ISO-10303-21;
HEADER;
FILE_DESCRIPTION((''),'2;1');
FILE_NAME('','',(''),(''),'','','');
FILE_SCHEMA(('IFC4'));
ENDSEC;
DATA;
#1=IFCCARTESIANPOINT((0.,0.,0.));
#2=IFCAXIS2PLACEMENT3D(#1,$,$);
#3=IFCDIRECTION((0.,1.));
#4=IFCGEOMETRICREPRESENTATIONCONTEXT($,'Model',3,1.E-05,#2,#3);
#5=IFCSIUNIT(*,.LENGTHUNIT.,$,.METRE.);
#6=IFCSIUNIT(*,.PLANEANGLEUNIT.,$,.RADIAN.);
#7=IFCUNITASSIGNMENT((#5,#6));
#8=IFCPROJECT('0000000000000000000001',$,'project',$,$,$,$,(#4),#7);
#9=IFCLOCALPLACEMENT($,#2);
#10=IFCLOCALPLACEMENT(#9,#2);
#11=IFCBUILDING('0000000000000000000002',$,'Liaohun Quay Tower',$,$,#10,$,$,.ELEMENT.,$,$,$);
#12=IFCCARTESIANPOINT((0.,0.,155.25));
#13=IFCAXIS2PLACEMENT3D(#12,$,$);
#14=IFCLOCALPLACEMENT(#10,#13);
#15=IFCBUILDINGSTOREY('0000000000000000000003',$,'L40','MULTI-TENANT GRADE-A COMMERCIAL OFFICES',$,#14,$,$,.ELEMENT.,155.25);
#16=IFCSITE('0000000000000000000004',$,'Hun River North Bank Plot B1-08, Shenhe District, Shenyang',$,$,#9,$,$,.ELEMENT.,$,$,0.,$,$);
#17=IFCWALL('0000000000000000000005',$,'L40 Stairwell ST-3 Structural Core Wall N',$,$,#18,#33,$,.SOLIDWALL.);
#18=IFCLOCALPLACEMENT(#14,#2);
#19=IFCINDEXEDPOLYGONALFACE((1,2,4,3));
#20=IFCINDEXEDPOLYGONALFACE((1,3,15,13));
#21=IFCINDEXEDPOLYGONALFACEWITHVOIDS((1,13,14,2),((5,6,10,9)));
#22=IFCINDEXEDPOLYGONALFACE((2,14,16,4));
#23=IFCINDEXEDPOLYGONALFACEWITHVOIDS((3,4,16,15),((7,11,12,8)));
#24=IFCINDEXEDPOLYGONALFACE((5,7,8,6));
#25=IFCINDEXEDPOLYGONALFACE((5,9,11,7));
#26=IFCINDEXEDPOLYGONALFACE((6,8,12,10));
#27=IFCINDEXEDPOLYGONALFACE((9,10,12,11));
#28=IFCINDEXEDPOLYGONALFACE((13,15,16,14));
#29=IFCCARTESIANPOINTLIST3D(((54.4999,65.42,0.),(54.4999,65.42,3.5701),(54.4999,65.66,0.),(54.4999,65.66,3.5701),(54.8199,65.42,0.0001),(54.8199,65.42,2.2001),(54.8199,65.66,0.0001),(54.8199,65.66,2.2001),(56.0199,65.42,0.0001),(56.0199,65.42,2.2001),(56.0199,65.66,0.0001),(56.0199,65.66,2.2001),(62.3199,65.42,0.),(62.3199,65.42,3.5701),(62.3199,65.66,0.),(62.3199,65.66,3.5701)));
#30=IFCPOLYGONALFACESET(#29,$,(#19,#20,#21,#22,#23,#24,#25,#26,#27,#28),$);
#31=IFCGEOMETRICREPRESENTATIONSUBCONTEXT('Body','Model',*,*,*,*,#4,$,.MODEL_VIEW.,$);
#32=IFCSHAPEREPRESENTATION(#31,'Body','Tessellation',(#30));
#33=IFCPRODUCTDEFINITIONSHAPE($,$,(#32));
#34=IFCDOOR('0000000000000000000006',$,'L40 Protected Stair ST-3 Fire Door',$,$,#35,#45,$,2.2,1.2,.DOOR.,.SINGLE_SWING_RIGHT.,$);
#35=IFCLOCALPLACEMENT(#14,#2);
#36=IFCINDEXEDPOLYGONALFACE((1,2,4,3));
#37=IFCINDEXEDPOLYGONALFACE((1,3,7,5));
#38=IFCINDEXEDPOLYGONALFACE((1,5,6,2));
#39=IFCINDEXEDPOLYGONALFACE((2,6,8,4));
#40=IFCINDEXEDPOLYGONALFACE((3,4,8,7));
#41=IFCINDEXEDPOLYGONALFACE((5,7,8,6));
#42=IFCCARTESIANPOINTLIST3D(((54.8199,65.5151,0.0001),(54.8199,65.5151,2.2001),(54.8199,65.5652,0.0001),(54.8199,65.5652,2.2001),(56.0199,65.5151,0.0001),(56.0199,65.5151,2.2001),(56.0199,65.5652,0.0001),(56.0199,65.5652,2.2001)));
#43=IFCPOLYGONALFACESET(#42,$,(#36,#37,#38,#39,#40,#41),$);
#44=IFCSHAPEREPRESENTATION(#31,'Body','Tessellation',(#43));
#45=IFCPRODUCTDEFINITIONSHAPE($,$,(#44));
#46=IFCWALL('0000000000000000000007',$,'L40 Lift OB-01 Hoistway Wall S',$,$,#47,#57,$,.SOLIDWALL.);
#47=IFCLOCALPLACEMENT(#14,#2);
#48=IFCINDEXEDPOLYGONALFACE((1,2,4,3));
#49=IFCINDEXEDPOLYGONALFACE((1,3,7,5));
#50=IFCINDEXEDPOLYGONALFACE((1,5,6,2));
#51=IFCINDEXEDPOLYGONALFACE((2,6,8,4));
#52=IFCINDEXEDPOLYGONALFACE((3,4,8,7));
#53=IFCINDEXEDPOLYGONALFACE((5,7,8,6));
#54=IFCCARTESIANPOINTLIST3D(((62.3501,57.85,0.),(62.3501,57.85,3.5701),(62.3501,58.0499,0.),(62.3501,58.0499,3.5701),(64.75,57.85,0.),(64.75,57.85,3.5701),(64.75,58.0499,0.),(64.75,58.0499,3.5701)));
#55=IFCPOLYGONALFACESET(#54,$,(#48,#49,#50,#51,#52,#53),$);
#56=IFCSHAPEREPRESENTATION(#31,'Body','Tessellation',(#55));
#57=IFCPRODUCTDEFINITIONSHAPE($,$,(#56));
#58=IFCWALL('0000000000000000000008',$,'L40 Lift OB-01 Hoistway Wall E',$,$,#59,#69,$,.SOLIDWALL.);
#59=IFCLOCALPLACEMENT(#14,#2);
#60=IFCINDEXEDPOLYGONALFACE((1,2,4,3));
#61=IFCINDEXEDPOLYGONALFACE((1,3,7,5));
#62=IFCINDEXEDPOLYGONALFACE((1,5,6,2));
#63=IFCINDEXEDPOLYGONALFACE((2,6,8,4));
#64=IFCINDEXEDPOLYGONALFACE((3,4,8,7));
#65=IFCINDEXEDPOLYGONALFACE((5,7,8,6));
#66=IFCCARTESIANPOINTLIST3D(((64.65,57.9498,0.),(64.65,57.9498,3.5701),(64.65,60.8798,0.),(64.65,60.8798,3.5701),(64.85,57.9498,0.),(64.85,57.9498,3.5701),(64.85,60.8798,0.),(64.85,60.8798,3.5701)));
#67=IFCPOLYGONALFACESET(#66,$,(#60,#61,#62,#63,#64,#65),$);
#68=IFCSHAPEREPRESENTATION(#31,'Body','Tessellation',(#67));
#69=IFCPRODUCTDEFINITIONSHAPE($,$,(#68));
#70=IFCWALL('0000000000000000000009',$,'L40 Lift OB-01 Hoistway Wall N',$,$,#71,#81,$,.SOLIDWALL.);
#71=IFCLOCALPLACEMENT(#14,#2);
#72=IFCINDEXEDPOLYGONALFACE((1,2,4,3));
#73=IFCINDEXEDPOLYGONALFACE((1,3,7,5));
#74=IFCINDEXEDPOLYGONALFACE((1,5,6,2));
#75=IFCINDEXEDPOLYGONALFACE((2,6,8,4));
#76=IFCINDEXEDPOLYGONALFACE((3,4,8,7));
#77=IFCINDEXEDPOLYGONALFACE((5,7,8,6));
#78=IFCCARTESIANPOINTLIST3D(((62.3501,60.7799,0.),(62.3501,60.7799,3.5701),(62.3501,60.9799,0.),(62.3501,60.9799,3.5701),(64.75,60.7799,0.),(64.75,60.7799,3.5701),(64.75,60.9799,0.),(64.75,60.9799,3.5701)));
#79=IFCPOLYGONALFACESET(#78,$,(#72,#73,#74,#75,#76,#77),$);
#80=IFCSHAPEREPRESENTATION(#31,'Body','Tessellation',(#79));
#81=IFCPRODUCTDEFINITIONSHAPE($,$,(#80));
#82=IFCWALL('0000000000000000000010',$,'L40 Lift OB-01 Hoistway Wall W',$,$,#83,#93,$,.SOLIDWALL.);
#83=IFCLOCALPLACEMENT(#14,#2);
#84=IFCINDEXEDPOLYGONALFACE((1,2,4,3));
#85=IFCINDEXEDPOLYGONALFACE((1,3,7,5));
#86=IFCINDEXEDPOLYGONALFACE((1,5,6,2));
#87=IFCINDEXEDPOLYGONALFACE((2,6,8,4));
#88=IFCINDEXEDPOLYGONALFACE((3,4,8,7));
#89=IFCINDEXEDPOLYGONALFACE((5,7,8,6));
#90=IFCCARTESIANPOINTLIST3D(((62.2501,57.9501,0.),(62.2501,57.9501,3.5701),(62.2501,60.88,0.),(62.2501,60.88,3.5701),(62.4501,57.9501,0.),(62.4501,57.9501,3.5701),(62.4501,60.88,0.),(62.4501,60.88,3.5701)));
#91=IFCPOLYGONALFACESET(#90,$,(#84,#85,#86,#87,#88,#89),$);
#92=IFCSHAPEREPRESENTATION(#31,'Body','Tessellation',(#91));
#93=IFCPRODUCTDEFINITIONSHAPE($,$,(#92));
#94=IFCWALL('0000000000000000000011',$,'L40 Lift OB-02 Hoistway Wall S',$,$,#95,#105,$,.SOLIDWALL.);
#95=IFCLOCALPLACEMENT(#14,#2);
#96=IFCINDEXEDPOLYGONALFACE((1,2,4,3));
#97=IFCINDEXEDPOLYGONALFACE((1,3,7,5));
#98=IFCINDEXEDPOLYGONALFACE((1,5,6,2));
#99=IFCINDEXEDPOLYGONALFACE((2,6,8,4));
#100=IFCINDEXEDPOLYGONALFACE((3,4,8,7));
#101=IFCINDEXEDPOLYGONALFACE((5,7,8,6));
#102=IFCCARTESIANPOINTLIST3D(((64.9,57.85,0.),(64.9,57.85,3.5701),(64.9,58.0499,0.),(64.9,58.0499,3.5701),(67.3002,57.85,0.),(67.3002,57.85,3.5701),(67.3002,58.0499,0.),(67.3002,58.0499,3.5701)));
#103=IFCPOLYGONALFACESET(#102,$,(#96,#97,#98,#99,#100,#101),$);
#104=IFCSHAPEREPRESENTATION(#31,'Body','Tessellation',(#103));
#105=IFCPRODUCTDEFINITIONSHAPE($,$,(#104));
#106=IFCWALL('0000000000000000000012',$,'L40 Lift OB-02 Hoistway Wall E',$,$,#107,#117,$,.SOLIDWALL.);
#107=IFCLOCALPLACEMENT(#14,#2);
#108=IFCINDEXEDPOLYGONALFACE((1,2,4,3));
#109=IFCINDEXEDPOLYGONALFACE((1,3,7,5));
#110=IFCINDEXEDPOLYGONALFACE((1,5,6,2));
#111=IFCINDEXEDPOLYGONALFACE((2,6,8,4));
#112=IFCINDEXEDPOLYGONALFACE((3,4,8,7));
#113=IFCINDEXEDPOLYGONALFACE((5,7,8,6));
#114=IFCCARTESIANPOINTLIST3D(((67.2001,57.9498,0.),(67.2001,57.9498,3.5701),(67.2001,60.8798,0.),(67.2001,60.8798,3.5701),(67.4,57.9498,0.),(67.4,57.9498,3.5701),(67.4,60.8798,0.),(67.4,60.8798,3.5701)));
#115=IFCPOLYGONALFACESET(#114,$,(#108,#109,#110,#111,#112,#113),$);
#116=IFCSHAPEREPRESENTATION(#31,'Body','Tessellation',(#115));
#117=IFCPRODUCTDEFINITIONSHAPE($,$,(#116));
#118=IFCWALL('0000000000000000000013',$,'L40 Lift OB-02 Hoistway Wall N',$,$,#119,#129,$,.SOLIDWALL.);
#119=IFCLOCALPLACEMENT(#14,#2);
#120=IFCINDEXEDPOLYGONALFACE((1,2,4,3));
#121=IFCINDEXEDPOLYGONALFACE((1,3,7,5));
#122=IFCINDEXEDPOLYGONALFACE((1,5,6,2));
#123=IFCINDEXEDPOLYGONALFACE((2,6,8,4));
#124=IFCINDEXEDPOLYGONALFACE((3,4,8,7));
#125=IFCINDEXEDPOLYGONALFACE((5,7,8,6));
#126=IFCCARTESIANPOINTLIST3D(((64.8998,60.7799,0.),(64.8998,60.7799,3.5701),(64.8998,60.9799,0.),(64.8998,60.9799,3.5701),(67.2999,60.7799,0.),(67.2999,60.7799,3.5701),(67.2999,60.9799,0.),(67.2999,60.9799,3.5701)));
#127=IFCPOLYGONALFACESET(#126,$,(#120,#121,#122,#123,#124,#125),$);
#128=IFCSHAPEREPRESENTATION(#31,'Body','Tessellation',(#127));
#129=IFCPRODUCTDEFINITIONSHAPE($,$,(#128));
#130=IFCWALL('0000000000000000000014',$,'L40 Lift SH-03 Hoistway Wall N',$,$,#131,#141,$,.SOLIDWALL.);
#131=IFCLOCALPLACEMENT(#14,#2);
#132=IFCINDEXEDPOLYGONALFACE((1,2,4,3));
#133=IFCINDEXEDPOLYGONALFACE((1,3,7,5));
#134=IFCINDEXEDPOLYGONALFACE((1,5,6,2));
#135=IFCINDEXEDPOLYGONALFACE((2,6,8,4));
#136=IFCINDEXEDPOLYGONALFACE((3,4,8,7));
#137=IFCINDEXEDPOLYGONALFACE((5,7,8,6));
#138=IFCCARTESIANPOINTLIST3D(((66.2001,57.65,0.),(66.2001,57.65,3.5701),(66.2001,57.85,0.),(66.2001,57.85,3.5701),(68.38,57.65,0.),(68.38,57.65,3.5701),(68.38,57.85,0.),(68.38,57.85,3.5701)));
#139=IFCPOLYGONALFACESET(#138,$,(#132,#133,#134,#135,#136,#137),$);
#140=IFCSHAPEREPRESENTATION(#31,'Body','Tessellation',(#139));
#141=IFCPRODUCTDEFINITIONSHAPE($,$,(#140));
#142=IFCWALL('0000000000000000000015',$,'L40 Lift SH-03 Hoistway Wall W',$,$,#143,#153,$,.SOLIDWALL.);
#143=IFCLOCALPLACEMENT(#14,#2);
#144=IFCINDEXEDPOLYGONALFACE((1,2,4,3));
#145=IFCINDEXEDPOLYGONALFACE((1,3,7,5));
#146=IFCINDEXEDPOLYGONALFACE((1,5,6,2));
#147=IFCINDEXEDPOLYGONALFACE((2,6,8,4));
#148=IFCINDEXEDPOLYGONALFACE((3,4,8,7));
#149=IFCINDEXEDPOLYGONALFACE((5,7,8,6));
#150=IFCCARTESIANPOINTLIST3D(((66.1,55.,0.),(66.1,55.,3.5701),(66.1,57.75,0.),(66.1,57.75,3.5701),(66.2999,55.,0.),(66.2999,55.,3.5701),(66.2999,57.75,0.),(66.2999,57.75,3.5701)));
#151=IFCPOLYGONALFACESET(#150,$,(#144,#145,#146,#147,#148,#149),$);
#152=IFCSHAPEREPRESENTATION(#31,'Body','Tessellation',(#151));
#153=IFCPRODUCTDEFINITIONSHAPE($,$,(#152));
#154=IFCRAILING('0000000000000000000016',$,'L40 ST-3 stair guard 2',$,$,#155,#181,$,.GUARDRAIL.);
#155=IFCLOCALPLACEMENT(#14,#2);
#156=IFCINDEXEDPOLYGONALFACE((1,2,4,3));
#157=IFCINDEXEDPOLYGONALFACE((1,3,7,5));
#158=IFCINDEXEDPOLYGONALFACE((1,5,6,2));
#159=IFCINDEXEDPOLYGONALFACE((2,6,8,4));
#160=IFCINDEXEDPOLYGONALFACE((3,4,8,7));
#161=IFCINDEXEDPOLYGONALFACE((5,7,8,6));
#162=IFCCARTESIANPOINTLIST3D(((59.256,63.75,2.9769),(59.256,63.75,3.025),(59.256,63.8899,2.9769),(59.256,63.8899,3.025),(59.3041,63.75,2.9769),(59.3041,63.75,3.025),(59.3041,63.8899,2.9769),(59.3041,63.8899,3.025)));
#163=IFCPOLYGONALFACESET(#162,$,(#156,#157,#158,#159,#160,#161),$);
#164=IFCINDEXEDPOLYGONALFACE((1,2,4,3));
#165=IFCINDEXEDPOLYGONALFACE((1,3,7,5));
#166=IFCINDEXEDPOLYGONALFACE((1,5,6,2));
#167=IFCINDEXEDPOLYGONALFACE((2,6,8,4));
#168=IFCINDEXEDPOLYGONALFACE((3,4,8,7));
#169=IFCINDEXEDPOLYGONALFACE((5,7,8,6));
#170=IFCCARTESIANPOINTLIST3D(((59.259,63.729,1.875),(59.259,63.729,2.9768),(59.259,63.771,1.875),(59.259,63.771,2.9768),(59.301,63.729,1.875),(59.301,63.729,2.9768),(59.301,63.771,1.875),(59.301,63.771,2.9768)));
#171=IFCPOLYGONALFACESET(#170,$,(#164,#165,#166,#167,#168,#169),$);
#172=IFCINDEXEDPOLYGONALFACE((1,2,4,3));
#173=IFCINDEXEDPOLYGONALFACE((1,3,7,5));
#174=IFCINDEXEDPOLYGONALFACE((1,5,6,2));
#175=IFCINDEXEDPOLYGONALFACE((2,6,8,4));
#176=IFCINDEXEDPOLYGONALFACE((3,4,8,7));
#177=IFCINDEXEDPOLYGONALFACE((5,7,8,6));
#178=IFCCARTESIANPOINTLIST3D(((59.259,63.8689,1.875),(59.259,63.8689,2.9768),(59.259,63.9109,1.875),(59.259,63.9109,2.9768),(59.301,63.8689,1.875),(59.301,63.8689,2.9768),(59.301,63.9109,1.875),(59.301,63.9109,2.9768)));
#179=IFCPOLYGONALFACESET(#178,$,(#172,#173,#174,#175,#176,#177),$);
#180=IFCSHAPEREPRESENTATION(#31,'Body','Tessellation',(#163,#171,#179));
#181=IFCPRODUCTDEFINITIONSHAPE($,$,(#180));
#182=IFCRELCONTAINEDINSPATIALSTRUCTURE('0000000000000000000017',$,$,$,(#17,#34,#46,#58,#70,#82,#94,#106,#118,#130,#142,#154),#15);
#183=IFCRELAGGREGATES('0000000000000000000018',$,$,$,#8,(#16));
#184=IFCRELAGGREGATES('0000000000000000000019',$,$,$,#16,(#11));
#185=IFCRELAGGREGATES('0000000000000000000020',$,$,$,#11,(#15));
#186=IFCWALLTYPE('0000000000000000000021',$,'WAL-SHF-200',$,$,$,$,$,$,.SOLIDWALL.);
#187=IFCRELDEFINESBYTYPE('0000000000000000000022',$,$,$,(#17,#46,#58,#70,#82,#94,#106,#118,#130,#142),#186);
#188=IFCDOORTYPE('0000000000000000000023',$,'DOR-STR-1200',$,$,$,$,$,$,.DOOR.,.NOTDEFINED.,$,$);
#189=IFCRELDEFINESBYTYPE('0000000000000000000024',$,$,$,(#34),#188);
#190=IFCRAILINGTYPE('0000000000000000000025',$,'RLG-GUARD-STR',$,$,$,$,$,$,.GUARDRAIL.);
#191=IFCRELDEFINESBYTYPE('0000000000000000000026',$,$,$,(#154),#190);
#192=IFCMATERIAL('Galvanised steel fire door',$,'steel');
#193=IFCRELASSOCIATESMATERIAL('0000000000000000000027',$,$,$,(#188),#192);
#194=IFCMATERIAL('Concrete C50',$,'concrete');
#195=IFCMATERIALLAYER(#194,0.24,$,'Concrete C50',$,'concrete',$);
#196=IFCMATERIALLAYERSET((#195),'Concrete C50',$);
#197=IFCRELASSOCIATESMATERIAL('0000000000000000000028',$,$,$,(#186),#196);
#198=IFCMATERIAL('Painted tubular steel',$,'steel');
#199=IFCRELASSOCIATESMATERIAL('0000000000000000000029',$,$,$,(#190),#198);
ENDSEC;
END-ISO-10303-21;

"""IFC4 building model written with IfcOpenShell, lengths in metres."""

from ifc_helpers import new_model, si_unit, direction, frame, frame_2d, origin, origin_2d, place, context, subcontext, project, spatial, rectangle, extrude, source, transform, mapped, material, layer, layer_set, type_object, element, fill, save


model = new_model("IFC4")

# Units and contexts
model_context = context("Model", 3, precision=1e-05, world=origin(), true_north=direction((0.0, 1.0)))
body_context = subcontext(model_context, "Body", "Model", "MODEL_VIEW")
ifc_project = project(units=[si_unit("LENGTHUNIT", "METRE"), si_unit("PLANEANGLEUNIT", "RADIAN")], contexts=[model_context])

# Site, building, storey
site_placement = place(None, origin())
site = spatial("IfcSite", under=ifc_project, at=site_placement, Name="Hun River North Bank Plot B1-08, Shenhe District, Shenyang", CompositionType="ELEMENT", RefElevation=0.0)
building_placement = place(site_placement, origin())
building = spatial("IfcBuilding", under=site, at=building_placement, Name="Liaohun Quay Tower", CompositionType="ELEMENT")
storey_placement = place(building_placement, frame((0.0, 0.0, 155.25)))
storey = spatial("IfcBuildingStorey", under=building, at=storey_placement, Name="L40", Description="MULTI-TENANT GRADE-A COMMERCIAL OFFICES", CompositionType="ELEMENT", Elevation=155.25)

# Shared definitions
ifc_material_1 = material(Name="Galvanised steel fire door", Category="steel")
door_type_1 = type_object("IfcDoorType", Name="DOR-STR-1200", OperationType="NOTDEFINED", PredefinedType="DOOR", material=ifc_material_1)
shared_shape_1 = source(origin(), body_context, "Body", "SweptSolid", [
    extrude(rectangle(XDim=1.2, YDim=2.2, at=frame_2d((0.6001, 1.1001))), frame((0.0, 0.0249, 0.0), z_axis=(0.0, -1.0, 0.0), x_axis=(1.0, 0.0, 0.0)), (0.0, 0.0, 1.0), 0.05),
])

# Shared definitions
ifc_material_2 = material(Name="Concrete C50", Category="concrete")
ifc_layer_1 = layer(ifc_material_2, 0.24, Name="Concrete C50", Category="concrete")
ifc_layer_set_1 = layer_set([ifc_layer_1], Name="Concrete C50")
wall_type_1 = type_object("IfcWallType", Name="WAL-SHF-200", PredefinedType="SOLIDWALL", material=ifc_layer_set_1)

# Wall, opening, door
wall_1_placement = place(storey_placement, frame((62.3201, 65.54, 0.0), z_axis=(0.0, 0.0, 1.0), x_axis=(-1.0, 0.0, 0.0)))
wall_1 = element("IfcWall", 1, at=wall_1_placement, inside=storey, type_object=wall_type_1, Name="L40 Stairwell ST-3 Structural Core Wall N", PredefinedType="SOLIDWALL", context=body_context, shape_type="SweptSolid", body=[
    extrude(rectangle(XDim=7.8201, YDim=0.24, at=frame_2d((3.9102, 0.0))), origin(), (0.0, 0.0, 1.0), 3.5701),
])
shared_shape_2 = source(origin(), body_context, "Body", "SweptSolid", [
    extrude(rectangle(XDim=1.2, YDim=2.2, at=frame_2d((0.6001, 1.1001))), frame((0.0, 0.1299, 0.0), z_axis=(0.0, -1.0, 0.0), x_axis=(1.0, 0.0, 0.0)), (0.0, 0.0, 1.0), 0.26),
])
opening_1_placement = place(wall_1_placement, frame((6.3, 0.0, 0.0)))
opening_1 = element("IfcOpeningElement", 2, at=opening_1_placement, cuts=wall_1, PredefinedType="OPENING", context=body_context, shape_type="MappedRepresentation", body=[
    mapped(shared_shape_2, transform((0.0, 0.0, 0.0), x_axis=(1.0, 0.0, 0.0), y_axis=(0.0, 1.0, 0.0), z_axis=(0.0, 0.0, 1.0), scale=1.0)),
])
door_1_placement = place(opening_1_placement, origin())
door_1 = element("IfcDoor", 3, at=door_1_placement, inside=storey, type_object=door_type_1, Name="L40 Protected Stair ST-3 Fire Door", OperationType="SINGLE_SWING_RIGHT", OverallHeight=2.2, OverallWidth=1.2, PredefinedType="DOOR", context=body_context, shape_type="MappedRepresentation", body=[
    mapped(shared_shape_1, transform((0.0, 0.0, 0.0), x_axis=(1.0, 0.0, 0.0), y_axis=(0.0, 1.0, 0.0), z_axis=(0.0, 0.0, 1.0), scale=1.0)),
])
fill(opening_1, door_1)

# Walls
wall_2_placement = place(storey_placement, frame((62.3501, 57.95, 0.0), z_axis=(0.0, 0.0, 1.0), x_axis=(1.0, 0.0, 0.0)))
element("IfcWall", 4, at=wall_2_placement, inside=storey, type_object=wall_type_1, Name="L40 Lift OB-01 Hoistway Wall S", PredefinedType="SOLIDWALL", context=body_context, shape_type="SweptSolid", body=[
    extrude(rectangle(XDim=2.3999, YDim=0.2, at=frame_2d((1.2, 0.0))), origin(), (0.0, 0.0, 1.0), 3.5701),
])
wall_3_placement = place(storey_placement, frame((64.75, 57.95, 0.0), z_axis=(0.0, 0.0, 1.0), x_axis=(0.0, 1.0, 0.0)))
element("IfcWall", 5, at=wall_3_placement, inside=storey, type_object=wall_type_1, Name="L40 Lift OB-01 Hoistway Wall E", PredefinedType="SOLIDWALL", context=body_context, shape_type="SweptSolid", body=[
    extrude(rectangle(XDim=2.9299, YDim=0.2, at=frame_2d((1.4648, 0.0))), origin(), (0.0, 0.0, 1.0), 3.5701),
])
wall_4_placement = place(storey_placement, frame((64.75, 60.8799, 0.0), z_axis=(0.0, 0.0, 1.0), x_axis=(-1.0, 0.0, 0.0)))
element("IfcWall", 6, at=wall_4_placement, inside=storey, type_object=wall_type_1, Name="L40 Lift OB-01 Hoistway Wall N", PredefinedType="SOLIDWALL", context=body_context, shape_type="SweptSolid", body=[
    extrude(rectangle(XDim=2.3999, YDim=0.2, at=frame_2d((1.2, 0.0))), origin(), (0.0, 0.0, 1.0), 3.5701),
])
wall_5_placement = place(storey_placement, frame((62.3501, 60.8799, 0.0), z_axis=(0.0, 0.0, 1.0), x_axis=(0.0, -1.0, 0.0)))
element("IfcWall", 7, at=wall_5_placement, inside=storey, type_object=wall_type_1, Name="L40 Lift OB-01 Hoistway Wall W", PredefinedType="SOLIDWALL", context=body_context, shape_type="SweptSolid", body=[
    extrude(rectangle(XDim=2.9299, YDim=0.2, at=frame_2d((1.4648, 0.0))), origin(), (0.0, 0.0, 1.0), 3.5701),
])
wall_6_placement = place(storey_placement, frame((64.8999, 57.95, 0.0), z_axis=(0.0, 0.0, 1.0), x_axis=(1.0, 0.0, 0.0)))
element("IfcWall", 8, at=wall_6_placement, inside=storey, type_object=wall_type_1, Name="L40 Lift OB-02 Hoistway Wall S", PredefinedType="SOLIDWALL", context=body_context, shape_type="SweptSolid", body=[
    extrude(rectangle(XDim=2.4001, YDim=0.2, at=frame_2d((1.2002, 0.0))), origin(), (0.0, 0.0, 1.0), 3.5701),
])
wall_7_placement = place(storey_placement, frame((67.3, 57.95, 0.0), z_axis=(0.0, 0.0, 1.0), x_axis=(0.0, 1.0, 0.0)))
element("IfcWall", 9, at=wall_7_placement, inside=storey, type_object=wall_type_1, Name="L40 Lift OB-02 Hoistway Wall E", PredefinedType="SOLIDWALL", context=body_context, shape_type="SweptSolid", body=[
    extrude(rectangle(XDim=2.9299, YDim=0.2, at=frame_2d((1.4648, 0.0))), origin(), (0.0, 0.0, 1.0), 3.5701),
])
wall_8_placement = place(storey_placement, frame((67.3, 60.8799, 0.0), z_axis=(0.0, 0.0, 1.0), x_axis=(-1.0, 0.0, 0.0)))
element("IfcWall", 10, at=wall_8_placement, inside=storey, type_object=wall_type_1, Name="L40 Lift OB-02 Hoistway Wall N", PredefinedType="SOLIDWALL", context=body_context, shape_type="SweptSolid", body=[
    extrude(rectangle(XDim=2.4001, YDim=0.2, at=frame_2d((1.2002, 0.0))), origin(), (0.0, 0.0, 1.0), 3.5701),
])
wall_9_placement = place(storey_placement, frame((68.3799, 57.75, 0.0), z_axis=(0.0, 0.0, 1.0), x_axis=(-1.0, 0.0, 0.0)))
element("IfcWall", 11, at=wall_9_placement, inside=storey, type_object=wall_type_1, Name="L40 Lift SH-03 Hoistway Wall N", PredefinedType="SOLIDWALL", context=body_context, shape_type="SweptSolid", body=[
    extrude(rectangle(XDim=2.1799, YDim=0.2, at=frame_2d((1.0898, 0.0))), origin(), (0.0, 0.0, 1.0), 3.5701),
])
wall_10_placement = place(storey_placement, frame((66.2, 57.75, 0.0), z_axis=(0.0, 0.0, 1.0), x_axis=(0.0, -1.0, 0.0)))
element("IfcWall", 12, at=wall_10_placement, inside=storey, type_object=wall_type_1, Name="L40 Lift SH-03 Hoistway Wall W", PredefinedType="SOLIDWALL", context=body_context, shape_type="SweptSolid", body=[
    extrude(rectangle(XDim=2.75, YDim=0.2, at=frame_2d((1.375, 0.0))), origin(), (0.0, 0.0, 1.0), 3.5701),
])

# Railing
ifc_material_3 = material(Name="Painted tubular steel", Category="steel")
railing_type = type_object("IfcRailingType", Name="RLG-GUARD-STR", PredefinedType="GUARDRAIL", material=ifc_material_3)
railing_placement = place(storey_placement, frame((59.28, 63.75, 1.875)))
element("IfcRailing", 13, at=railing_placement, inside=storey, type_object=railing_type, Name="L40 ST-3 stair guard 2", PredefinedType="GUARDRAIL", context=body_context, shape_type="SweptSolid", body=[
    extrude(rectangle(XDim=0.0481, YDim=0.0481, at=origin_2d()), frame((0.0, 0.0, 1.126), z_axis=(0.0, 1.0, 0.0), x_axis=(-1.0, 0.0, 0.0)), (0.0, 0.0, 1.0), 0.1399),
    extrude(rectangle(XDim=0.042, YDim=0.042, at=origin_2d()), origin(), (0.0, 0.0, 1.0), 1.1018),
    extrude(rectangle(XDim=0.042, YDim=0.042, at=origin_2d()), frame((0.0, 0.1399, 0.0)), (0.0, 0.0, 1.0), 1.1018),
])

save(model, "model.ifc")
